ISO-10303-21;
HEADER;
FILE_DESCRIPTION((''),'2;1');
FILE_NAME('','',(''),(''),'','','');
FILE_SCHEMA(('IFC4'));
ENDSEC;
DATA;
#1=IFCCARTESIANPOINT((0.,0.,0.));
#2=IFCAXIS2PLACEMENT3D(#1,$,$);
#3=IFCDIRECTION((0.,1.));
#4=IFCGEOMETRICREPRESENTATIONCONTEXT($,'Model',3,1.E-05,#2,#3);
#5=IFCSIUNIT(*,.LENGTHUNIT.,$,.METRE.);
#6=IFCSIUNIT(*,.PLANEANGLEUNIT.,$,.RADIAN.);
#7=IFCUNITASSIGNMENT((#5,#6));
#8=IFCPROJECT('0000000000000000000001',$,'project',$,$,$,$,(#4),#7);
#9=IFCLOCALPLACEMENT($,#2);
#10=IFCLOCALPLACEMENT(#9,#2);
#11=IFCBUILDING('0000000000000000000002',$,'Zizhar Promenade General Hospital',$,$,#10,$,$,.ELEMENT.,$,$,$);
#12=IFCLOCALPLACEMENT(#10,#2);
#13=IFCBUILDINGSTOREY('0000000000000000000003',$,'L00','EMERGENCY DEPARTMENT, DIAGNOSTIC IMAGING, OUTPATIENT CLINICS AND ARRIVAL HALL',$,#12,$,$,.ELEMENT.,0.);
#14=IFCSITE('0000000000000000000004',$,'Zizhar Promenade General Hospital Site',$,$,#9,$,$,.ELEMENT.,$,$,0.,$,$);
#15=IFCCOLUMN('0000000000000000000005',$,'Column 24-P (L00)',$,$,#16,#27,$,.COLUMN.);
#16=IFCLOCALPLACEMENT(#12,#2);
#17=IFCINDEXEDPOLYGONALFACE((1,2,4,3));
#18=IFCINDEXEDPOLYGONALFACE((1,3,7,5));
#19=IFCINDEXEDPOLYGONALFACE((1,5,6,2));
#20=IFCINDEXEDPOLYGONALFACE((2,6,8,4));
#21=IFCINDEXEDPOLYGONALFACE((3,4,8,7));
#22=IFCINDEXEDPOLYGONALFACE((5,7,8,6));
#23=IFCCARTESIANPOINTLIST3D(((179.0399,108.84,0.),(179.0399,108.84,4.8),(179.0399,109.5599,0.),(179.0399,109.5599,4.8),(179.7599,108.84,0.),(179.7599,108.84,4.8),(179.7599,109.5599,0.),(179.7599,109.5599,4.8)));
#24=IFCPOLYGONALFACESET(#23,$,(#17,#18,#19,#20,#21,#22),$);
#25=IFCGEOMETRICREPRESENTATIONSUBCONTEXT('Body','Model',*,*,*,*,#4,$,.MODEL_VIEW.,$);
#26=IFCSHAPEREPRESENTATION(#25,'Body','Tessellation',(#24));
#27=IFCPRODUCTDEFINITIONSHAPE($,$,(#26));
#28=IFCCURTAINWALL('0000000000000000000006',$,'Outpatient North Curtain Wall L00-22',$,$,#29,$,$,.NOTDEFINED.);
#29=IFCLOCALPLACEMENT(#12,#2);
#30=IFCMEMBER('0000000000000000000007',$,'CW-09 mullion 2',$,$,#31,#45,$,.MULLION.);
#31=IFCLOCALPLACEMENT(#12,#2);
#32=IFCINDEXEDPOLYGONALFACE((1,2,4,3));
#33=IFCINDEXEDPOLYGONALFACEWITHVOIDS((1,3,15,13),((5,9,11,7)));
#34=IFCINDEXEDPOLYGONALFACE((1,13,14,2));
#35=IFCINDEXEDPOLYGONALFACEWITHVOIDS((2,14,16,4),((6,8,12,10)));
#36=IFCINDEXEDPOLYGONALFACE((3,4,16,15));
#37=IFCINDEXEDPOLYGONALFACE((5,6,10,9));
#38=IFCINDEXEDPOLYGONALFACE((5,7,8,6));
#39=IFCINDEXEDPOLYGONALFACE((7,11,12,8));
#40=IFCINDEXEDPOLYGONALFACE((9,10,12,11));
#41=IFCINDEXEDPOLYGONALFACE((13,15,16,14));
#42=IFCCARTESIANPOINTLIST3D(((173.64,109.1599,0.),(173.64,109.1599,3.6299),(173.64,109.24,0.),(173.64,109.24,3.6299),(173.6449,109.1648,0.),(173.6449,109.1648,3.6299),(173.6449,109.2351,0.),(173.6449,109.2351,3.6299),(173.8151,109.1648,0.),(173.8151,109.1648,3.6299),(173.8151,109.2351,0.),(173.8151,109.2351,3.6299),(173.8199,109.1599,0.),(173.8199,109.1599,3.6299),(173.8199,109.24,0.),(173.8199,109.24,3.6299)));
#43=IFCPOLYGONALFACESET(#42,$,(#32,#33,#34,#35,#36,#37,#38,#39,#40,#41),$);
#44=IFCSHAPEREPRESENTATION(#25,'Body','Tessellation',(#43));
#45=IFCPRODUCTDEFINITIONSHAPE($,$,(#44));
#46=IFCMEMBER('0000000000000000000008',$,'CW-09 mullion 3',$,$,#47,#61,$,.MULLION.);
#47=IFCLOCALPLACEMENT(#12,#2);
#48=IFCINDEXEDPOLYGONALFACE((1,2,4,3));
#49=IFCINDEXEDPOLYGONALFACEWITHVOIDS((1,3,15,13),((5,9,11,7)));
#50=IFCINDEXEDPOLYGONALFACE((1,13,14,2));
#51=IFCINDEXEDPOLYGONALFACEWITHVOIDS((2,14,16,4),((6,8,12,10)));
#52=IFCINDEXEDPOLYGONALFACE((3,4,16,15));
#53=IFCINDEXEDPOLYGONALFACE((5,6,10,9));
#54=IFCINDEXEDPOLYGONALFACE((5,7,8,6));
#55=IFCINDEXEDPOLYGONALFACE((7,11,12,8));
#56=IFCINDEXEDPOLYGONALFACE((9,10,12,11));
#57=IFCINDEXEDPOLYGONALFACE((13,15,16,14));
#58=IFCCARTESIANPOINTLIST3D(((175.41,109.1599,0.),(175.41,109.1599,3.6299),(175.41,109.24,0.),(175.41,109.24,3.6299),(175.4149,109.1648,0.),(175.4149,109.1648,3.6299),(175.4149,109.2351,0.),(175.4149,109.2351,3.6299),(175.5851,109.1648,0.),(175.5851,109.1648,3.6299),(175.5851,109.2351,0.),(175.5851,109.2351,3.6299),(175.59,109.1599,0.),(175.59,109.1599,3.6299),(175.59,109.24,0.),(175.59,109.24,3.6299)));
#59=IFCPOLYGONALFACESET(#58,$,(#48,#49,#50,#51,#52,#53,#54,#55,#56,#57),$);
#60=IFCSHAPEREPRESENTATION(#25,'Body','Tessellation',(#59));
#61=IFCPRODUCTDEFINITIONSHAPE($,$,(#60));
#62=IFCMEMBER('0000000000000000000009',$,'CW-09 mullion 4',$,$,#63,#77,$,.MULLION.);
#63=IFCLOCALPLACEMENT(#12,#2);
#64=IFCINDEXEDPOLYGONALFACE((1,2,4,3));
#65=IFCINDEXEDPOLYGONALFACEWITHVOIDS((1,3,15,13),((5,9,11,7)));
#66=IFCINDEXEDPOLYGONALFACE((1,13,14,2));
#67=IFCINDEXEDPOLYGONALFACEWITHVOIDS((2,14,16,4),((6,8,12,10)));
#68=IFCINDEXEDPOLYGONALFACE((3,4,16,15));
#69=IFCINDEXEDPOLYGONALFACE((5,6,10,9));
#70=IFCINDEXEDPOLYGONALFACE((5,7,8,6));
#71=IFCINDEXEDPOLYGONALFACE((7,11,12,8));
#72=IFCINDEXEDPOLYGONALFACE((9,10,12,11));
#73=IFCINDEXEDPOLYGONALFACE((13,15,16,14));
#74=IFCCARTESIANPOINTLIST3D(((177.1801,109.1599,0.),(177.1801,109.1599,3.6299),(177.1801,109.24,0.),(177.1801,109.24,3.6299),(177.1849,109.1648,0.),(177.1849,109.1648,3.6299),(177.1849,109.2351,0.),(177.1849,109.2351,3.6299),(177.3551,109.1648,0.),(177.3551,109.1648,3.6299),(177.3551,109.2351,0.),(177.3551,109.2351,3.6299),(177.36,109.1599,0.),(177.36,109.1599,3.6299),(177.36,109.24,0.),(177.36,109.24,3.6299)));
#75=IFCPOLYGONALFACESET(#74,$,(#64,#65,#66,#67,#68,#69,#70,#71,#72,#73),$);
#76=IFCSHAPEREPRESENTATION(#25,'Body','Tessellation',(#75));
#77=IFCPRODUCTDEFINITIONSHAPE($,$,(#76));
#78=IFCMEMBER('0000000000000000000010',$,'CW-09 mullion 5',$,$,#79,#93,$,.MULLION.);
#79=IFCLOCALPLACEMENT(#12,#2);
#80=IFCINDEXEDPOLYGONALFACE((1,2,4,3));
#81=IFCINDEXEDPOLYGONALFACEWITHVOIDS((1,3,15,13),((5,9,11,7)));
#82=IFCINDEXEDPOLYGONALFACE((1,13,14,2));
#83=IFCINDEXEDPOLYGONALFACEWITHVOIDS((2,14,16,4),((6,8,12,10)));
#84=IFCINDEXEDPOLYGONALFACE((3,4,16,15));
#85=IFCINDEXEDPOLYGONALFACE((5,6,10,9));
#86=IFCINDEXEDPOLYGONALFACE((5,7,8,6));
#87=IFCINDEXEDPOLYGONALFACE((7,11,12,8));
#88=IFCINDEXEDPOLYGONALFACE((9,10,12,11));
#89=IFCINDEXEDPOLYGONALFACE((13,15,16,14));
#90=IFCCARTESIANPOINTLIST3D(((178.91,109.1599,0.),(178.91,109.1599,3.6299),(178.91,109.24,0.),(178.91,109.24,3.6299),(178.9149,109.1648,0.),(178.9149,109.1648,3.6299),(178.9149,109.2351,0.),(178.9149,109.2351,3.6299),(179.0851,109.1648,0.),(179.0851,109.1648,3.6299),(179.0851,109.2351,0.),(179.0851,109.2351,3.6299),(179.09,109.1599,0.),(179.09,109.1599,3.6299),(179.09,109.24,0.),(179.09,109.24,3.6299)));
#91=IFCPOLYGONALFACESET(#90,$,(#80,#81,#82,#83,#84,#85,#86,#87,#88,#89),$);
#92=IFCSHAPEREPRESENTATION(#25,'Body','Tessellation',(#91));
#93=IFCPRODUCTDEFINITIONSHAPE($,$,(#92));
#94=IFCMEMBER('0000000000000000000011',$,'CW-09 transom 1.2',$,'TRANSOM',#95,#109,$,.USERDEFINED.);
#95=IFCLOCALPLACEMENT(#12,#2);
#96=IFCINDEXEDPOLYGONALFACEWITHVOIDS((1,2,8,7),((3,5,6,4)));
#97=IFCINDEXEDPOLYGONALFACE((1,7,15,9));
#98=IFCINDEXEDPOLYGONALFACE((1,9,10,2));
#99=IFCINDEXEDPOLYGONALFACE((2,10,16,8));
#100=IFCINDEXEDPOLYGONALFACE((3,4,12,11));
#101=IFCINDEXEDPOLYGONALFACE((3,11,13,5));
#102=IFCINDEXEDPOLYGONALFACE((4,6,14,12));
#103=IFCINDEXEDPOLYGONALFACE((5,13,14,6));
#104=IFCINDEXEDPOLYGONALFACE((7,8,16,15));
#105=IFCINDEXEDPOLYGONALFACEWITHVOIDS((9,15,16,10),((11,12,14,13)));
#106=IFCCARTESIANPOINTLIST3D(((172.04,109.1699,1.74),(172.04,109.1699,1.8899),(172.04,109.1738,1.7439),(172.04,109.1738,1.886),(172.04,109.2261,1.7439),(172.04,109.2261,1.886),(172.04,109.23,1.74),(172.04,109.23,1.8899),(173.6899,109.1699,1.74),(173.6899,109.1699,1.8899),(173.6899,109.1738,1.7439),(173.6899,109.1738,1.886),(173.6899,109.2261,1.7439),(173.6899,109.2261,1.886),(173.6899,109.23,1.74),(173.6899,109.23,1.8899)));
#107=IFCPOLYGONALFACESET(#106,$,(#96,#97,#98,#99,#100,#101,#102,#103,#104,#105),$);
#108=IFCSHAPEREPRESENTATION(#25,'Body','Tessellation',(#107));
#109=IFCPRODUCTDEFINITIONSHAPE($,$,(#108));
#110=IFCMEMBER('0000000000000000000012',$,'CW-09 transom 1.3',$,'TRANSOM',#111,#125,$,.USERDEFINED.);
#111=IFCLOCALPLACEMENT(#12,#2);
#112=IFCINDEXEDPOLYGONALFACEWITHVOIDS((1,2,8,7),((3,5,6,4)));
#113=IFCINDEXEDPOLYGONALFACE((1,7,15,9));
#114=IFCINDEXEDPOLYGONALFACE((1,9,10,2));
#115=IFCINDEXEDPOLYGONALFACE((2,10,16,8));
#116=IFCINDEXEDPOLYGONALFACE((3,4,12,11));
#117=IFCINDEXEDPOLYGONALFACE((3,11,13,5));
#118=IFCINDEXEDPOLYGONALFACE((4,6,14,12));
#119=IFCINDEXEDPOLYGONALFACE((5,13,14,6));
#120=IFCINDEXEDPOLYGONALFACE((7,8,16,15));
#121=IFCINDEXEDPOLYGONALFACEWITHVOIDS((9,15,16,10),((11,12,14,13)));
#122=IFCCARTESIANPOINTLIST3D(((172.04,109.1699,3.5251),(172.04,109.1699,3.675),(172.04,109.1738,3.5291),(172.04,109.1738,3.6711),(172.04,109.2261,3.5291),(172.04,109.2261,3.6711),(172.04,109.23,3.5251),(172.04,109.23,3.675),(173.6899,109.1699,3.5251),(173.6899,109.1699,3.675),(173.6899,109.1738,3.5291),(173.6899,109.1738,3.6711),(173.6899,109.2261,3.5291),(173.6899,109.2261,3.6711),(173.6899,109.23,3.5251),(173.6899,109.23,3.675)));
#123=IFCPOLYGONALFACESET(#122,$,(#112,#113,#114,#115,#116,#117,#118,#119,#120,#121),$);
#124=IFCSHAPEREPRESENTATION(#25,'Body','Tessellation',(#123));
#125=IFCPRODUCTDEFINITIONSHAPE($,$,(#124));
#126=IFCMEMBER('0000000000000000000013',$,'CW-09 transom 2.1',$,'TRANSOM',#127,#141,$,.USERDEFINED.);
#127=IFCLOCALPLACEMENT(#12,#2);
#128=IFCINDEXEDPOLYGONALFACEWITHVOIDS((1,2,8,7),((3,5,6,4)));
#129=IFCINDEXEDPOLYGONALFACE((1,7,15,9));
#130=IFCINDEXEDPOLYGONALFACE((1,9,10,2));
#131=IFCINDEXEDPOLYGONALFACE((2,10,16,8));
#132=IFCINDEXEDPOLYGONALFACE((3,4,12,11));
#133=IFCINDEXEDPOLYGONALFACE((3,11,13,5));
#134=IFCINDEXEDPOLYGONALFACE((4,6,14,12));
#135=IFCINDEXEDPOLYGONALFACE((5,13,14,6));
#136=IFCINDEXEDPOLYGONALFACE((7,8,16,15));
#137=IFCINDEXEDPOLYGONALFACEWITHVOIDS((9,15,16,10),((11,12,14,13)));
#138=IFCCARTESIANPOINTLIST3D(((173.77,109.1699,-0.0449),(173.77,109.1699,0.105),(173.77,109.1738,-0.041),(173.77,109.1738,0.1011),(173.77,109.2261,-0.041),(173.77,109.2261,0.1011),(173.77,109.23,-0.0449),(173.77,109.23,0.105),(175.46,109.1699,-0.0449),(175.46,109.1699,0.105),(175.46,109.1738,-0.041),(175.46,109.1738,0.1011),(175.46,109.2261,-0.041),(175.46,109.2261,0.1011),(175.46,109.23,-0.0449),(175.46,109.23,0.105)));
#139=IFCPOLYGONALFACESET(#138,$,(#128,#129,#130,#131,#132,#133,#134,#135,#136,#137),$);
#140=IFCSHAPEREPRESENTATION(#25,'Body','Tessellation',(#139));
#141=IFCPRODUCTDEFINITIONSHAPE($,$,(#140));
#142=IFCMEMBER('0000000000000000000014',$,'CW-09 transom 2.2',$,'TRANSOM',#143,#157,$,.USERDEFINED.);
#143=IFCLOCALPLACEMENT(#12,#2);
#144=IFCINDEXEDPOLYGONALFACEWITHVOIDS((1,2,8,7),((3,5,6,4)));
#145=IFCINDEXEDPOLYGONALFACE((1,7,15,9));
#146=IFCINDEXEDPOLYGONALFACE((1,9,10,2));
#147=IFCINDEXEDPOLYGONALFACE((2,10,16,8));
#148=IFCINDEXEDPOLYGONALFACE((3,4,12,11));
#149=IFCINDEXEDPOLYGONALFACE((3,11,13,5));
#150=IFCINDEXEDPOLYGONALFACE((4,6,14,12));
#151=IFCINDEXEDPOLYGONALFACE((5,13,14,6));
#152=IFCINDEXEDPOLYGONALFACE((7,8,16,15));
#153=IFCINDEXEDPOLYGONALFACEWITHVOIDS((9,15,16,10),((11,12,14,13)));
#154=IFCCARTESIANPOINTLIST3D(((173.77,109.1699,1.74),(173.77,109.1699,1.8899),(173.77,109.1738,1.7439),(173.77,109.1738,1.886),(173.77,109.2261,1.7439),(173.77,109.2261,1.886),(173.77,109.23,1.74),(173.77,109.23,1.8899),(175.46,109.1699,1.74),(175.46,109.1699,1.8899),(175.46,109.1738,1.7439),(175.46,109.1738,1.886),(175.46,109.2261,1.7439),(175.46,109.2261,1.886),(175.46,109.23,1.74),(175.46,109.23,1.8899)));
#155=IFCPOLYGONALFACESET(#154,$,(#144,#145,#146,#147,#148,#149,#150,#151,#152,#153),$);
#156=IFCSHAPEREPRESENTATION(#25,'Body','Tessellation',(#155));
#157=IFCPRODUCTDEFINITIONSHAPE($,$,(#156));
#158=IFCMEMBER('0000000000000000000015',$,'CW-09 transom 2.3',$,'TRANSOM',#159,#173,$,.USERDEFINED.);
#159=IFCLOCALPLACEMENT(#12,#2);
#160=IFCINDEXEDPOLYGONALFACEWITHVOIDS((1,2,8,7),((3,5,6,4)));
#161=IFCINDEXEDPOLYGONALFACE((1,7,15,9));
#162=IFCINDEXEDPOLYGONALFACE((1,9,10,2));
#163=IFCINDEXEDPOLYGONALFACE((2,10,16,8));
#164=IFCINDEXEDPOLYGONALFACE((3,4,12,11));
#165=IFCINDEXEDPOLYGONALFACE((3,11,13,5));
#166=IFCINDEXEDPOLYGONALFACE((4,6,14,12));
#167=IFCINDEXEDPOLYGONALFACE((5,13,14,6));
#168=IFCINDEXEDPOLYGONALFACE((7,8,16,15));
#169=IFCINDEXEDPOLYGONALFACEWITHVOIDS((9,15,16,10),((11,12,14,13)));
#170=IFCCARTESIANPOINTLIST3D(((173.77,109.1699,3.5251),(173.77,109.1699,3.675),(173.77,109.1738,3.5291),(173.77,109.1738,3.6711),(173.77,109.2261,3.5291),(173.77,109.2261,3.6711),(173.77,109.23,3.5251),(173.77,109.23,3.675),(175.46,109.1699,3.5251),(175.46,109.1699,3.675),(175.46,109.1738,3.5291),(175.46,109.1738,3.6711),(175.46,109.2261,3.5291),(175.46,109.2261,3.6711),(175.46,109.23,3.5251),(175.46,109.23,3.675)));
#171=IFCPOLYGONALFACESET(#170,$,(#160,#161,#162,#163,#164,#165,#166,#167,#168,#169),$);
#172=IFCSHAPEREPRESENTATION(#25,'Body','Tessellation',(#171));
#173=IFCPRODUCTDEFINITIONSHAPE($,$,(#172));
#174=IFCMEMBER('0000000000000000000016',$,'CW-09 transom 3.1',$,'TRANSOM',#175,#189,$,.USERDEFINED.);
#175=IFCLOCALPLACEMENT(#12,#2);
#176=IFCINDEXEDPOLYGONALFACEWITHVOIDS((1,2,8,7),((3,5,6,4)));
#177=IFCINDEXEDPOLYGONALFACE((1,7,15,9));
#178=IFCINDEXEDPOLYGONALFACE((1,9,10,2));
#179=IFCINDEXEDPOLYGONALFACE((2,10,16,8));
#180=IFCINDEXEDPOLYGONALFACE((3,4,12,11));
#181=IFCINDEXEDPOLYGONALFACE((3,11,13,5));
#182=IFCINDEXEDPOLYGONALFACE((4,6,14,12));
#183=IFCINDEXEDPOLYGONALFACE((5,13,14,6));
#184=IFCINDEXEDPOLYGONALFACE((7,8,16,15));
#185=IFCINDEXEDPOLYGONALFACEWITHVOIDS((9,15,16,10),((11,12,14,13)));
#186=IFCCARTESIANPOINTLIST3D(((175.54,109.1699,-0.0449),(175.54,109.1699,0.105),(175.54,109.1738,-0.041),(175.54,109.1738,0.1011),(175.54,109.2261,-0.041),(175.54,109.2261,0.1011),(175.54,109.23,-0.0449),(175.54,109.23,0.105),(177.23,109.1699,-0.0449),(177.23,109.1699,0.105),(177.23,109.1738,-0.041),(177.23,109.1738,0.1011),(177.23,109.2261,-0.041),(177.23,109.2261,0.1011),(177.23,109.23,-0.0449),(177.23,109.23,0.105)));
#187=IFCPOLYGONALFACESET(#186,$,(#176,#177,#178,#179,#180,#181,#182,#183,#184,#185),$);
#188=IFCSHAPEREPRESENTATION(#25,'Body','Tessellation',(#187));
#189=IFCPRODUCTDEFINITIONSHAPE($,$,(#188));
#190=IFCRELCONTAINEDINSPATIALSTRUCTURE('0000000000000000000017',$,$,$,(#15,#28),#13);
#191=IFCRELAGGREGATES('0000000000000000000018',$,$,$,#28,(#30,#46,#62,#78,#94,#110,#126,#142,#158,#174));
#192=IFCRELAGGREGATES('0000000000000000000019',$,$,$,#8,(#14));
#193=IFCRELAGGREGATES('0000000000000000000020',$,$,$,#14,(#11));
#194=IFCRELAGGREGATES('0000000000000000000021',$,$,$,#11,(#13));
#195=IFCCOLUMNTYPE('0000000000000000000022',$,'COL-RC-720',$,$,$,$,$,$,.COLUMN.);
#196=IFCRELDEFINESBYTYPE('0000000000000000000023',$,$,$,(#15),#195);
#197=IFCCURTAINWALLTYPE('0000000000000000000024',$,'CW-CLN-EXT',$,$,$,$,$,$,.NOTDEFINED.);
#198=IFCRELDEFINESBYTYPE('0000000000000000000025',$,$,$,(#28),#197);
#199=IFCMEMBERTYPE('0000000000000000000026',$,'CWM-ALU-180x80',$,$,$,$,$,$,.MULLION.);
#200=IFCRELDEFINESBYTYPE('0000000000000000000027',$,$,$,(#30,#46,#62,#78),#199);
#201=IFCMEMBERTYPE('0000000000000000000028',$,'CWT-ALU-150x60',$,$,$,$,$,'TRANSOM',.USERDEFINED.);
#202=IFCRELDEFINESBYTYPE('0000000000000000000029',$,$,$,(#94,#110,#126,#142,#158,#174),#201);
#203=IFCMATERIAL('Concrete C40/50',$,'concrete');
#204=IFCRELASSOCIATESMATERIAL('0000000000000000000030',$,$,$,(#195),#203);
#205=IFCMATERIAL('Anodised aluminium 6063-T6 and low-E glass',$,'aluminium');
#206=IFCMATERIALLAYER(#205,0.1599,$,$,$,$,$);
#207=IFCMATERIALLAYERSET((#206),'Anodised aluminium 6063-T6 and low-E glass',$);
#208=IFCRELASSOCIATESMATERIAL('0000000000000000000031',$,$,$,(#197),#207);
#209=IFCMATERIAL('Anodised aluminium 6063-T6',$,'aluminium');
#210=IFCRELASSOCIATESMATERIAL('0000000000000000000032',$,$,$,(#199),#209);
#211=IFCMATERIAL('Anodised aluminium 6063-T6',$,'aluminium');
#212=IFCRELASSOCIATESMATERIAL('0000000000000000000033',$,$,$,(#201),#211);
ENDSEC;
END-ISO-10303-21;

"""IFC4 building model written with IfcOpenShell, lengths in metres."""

from ifc_helpers import new_model, si_unit, direction, frame, origin, origin_2d, place, context, subcontext, project, spatial, rectangle, hollow_rectangle, extrude, material, layer, layer_set, material_profile, profile_set, type_object, element, aggregate, save


model = new_model("IFC4")

# Units and contexts
model_context = context("Model", 3, precision=1e-05, world=origin(), true_north=direction((0.0, 1.0)))
body_context = subcontext(model_context, "Body", "Model", "MODEL_VIEW")
ifc_project = project(units=[si_unit("LENGTHUNIT", "METRE"), si_unit("PLANEANGLEUNIT", "RADIAN")], contexts=[model_context])

# Site, building, storey
site_placement = place(None, origin())
site = spatial("IfcSite", under=ifc_project, at=site_placement, Name="Zizhar Promenade General Hospital Site", CompositionType="ELEMENT", RefElevation=0.0)
building_placement = place(site_placement, origin())
building = spatial("IfcBuilding", under=site, at=building_placement, Name="Zizhar Promenade General Hospital", CompositionType="ELEMENT")
storey_placement = place(building_placement, origin())
storey = spatial("IfcBuildingStorey", under=building, at=storey_placement, Name="L00", Description="EMERGENCY DEPARTMENT, DIAGNOSTIC IMAGING, OUTPATIENT CLINICS AND ARRIVAL HALL", CompositionType="ELEMENT", Elevation=0.0)

# Column
ifc_material_1 = material(Name="Concrete C40/50", Category="concrete")
ifc_material_profile_1 = material_profile(ifc_material_1, rectangle(XDim=0.72, YDim=0.72, at=origin_2d()))
ifc_profile_set_1 = profile_set([ifc_material_profile_1], Name="Concrete C40/50")
column_type = type_object("IfcColumnType", Name="COL-RC-720", PredefinedType="COLUMN", material=ifc_profile_set_1)
column_placement = place(storey_placement, frame((179.3999, 109.2, 0.0), z_axis=(0.0, 0.0, 1.0), x_axis=(1.0, 0.0, 0.0)))
element("IfcColumn", 1, at=column_placement, inside=storey, type_object=column_type, Name="Column 24-P (L00)", PredefinedType="COLUMN", context=body_context, shape_type="SweptSolid", body=[
    extrude(rectangle(XDim=0.72, YDim=0.72, at=origin_2d()), origin(), (0.0, 0.0, 1.0), 4.8),
])

# Curtain wall, members
ifc_material_2 = material(Name="Anodised aluminium 6063-T6 and low-E glass", Category="aluminium")
ifc_layer_1 = layer(ifc_material_2, 0.1599)
ifc_layer_set_1 = layer_set([ifc_layer_1], Name="Anodised aluminium 6063-T6 and low-E glass")
curtain_wall_type = type_object("IfcCurtainWallType", Name="CW-CLN-EXT", PredefinedType="NOTDEFINED", material=ifc_layer_set_1)
curtain_wall_placement = place(storey_placement, origin())
curtain_wall = element("IfcCurtainWall", 2, at=curtain_wall_placement, inside=storey, type_object=curtain_wall_type, Name="Outpatient North Curtain Wall L00-22", PredefinedType="NOTDEFINED")
ifc_material_3 = material(Name="Anodised aluminium 6063-T6", Category="aluminium")
ifc_material_profile_2 = material_profile(ifc_material_3, hollow_rectangle(XDim=0.0801, YDim=0.1799, WallThickness=0.0049, at=origin_2d()))
ifc_profile_set_2 = profile_set([ifc_material_profile_2], Name="Anodised aluminium 6063-T6")
member_type_1 = type_object("IfcMemberType", Name="CWM-ALU-180x80", PredefinedType="MULLION", material=ifc_profile_set_2)
member_1_placement = place(storey_placement, frame((173.73, 109.2, 0.0), z_axis=(0.0, 0.0, 1.0), x_axis=(0.0, 1.0, 0.0)))
member_1 = element("IfcMember", 3, at=member_1_placement, type_object=member_type_1, Name="CW-09 mullion 2", PredefinedType="MULLION", context=body_context, shape_type="SweptSolid", body=[
    extrude(hollow_rectangle(XDim=0.0801, YDim=0.1799, WallThickness=0.0049, at=origin_2d()), origin(), (0.0, 0.0, 1.0), 3.6299),
])
member_2_placement = place(storey_placement, frame((175.5, 109.2, 0.0), z_axis=(0.0, 0.0, 1.0), x_axis=(0.0, 1.0, 0.0)))
member_2 = element("IfcMember", 4, at=member_2_placement, type_object=member_type_1, Name="CW-09 mullion 3", PredefinedType="MULLION", context=body_context, shape_type="SweptSolid", body=[
    extrude(hollow_rectangle(XDim=0.0801, YDim=0.1799, WallThickness=0.0049, at=origin_2d()), origin(), (0.0, 0.0, 1.0), 3.6299),
])
member_3_placement = place(storey_placement, frame((177.27, 109.2, 0.0), z_axis=(0.0, 0.0, 1.0), x_axis=(0.0, 1.0, 0.0)))
member_3 = element("IfcMember", 5, at=member_3_placement, type_object=member_type_1, Name="CW-09 mullion 4", PredefinedType="MULLION", context=body_context, shape_type="SweptSolid", body=[
    extrude(hollow_rectangle(XDim=0.0801, YDim=0.1799, WallThickness=0.0049, at=origin_2d()), origin(), (0.0, 0.0, 1.0), 3.6299),
])
member_4_placement = place(storey_placement, frame((179.0, 109.2, 0.0), z_axis=(0.0, 0.0, 1.0), x_axis=(0.0, 1.0, 0.0)))
member_4 = element("IfcMember", 6, at=member_4_placement, type_object=member_type_1, Name="CW-09 mullion 5", PredefinedType="MULLION", context=body_context, shape_type="SweptSolid", body=[
    extrude(hollow_rectangle(XDim=0.0801, YDim=0.1799, WallThickness=0.0049, at=origin_2d()), origin(), (0.0, 0.0, 1.0), 3.6299),
])
ifc_material_4 = material(Name="Anodised aluminium 6063-T6", Category="aluminium")
ifc_material_profile_3 = material_profile(ifc_material_4, hollow_rectangle(XDim=0.0601, YDim=0.1499, WallThickness=0.0039, at=origin_2d()))
ifc_profile_set_3 = profile_set([ifc_material_profile_3], Name="Anodised aluminium 6063-T6")
member_type_2 = type_object("IfcMemberType", Name="CWT-ALU-150x60", ElementType="TRANSOM", PredefinedType="USERDEFINED", material=ifc_profile_set_3)
member_5_placement = place(storey_placement, frame((172.04, 109.2, 1.8149), z_axis=(1.0, 0.0, 0.0), x_axis=(0.0, 1.0, 0.0)))
member_5 = element("IfcMember", 7, at=member_5_placement, type_object=member_type_2, Name="CW-09 transom 1.2", ObjectType="TRANSOM", PredefinedType="USERDEFINED", context=body_context, shape_type="SweptSolid", body=[
    extrude(hollow_rectangle(XDim=0.0601, YDim=0.1499, WallThickness=0.0039, at=origin_2d()), origin(), (0.0, 0.0, 1.0), 1.6499),
])
member_6_placement = place(storey_placement, frame((172.04, 109.2, 3.6001), z_axis=(1.0, 0.0, 0.0), x_axis=(0.0, 1.0, 0.0)))
member_6 = element("IfcMember", 8, at=member_6_placement, type_object=member_type_2, Name="CW-09 transom 1.3", ObjectType="TRANSOM", PredefinedType="USERDEFINED", context=body_context, shape_type="SweptSolid", body=[
    extrude(hollow_rectangle(XDim=0.0601, YDim=0.1499, WallThickness=0.0039, at=origin_2d()), origin(), (0.0, 0.0, 1.0), 1.6499),
])
member_7_placement = place(storey_placement, frame((173.77, 109.2, 0.03), z_axis=(1.0, 0.0, 0.0), x_axis=(0.0, 1.0, 0.0)))
member_7 = element("IfcMember", 9, at=member_7_placement, type_object=member_type_2, Name="CW-09 transom 2.1", ObjectType="TRANSOM", PredefinedType="USERDEFINED", context=body_context, shape_type="SweptSolid", body=[
    extrude(hollow_rectangle(XDim=0.0601, YDim=0.1499, WallThickness=0.0039, at=origin_2d()), origin(), (0.0, 0.0, 1.0), 1.6899),
])
member_8_placement = place(storey_placement, frame((173.77, 109.2, 1.8149), z_axis=(1.0, 0.0, 0.0), x_axis=(0.0, 1.0, 0.0)))
member_8 = element("IfcMember", 10, at=member_8_placement, type_object=member_type_2, Name="CW-09 transom 2.2", ObjectType="TRANSOM", PredefinedType="USERDEFINED", context=body_context, shape_type="SweptSolid", body=[
    extrude(hollow_rectangle(XDim=0.0601, YDim=0.1499, WallThickness=0.0039, at=origin_2d()), origin(), (0.0, 0.0, 1.0), 1.6899),
])
member_9_placement = place(storey_placement, frame((173.77, 109.2, 3.6001), z_axis=(1.0, 0.0, 0.0), x_axis=(0.0, 1.0, 0.0)))
member_9 = element("IfcMember", 11, at=member_9_placement, type_object=member_type_2, Name="CW-09 transom 2.3", ObjectType="TRANSOM", PredefinedType="USERDEFINED", context=body_context, shape_type="SweptSolid", body=[
    extrude(hollow_rectangle(XDim=0.0601, YDim=0.1499, WallThickness=0.0039, at=origin_2d()), origin(), (0.0, 0.0, 1.0), 1.6899),
])
member_10_placement = place(storey_placement, frame((175.54, 109.2, 0.03), z_axis=(1.0, 0.0, 0.0), x_axis=(0.0, 1.0, 0.0)))
member_10 = element("IfcMember", 12, at=member_10_placement, type_object=member_type_2, Name="CW-09 transom 3.1", ObjectType="TRANSOM", PredefinedType="USERDEFINED", context=body_context, shape_type="SweptSolid", body=[
    extrude(hollow_rectangle(XDim=0.0601, YDim=0.1499, WallThickness=0.0039, at=origin_2d()), origin(), (0.0, 0.0, 1.0), 1.6899),
])
aggregate(curtain_wall, [member_1, member_2, member_3, member_4, member_5, member_6, member_7, member_8, member_9, member_10])

save(model, "model.ifc")
